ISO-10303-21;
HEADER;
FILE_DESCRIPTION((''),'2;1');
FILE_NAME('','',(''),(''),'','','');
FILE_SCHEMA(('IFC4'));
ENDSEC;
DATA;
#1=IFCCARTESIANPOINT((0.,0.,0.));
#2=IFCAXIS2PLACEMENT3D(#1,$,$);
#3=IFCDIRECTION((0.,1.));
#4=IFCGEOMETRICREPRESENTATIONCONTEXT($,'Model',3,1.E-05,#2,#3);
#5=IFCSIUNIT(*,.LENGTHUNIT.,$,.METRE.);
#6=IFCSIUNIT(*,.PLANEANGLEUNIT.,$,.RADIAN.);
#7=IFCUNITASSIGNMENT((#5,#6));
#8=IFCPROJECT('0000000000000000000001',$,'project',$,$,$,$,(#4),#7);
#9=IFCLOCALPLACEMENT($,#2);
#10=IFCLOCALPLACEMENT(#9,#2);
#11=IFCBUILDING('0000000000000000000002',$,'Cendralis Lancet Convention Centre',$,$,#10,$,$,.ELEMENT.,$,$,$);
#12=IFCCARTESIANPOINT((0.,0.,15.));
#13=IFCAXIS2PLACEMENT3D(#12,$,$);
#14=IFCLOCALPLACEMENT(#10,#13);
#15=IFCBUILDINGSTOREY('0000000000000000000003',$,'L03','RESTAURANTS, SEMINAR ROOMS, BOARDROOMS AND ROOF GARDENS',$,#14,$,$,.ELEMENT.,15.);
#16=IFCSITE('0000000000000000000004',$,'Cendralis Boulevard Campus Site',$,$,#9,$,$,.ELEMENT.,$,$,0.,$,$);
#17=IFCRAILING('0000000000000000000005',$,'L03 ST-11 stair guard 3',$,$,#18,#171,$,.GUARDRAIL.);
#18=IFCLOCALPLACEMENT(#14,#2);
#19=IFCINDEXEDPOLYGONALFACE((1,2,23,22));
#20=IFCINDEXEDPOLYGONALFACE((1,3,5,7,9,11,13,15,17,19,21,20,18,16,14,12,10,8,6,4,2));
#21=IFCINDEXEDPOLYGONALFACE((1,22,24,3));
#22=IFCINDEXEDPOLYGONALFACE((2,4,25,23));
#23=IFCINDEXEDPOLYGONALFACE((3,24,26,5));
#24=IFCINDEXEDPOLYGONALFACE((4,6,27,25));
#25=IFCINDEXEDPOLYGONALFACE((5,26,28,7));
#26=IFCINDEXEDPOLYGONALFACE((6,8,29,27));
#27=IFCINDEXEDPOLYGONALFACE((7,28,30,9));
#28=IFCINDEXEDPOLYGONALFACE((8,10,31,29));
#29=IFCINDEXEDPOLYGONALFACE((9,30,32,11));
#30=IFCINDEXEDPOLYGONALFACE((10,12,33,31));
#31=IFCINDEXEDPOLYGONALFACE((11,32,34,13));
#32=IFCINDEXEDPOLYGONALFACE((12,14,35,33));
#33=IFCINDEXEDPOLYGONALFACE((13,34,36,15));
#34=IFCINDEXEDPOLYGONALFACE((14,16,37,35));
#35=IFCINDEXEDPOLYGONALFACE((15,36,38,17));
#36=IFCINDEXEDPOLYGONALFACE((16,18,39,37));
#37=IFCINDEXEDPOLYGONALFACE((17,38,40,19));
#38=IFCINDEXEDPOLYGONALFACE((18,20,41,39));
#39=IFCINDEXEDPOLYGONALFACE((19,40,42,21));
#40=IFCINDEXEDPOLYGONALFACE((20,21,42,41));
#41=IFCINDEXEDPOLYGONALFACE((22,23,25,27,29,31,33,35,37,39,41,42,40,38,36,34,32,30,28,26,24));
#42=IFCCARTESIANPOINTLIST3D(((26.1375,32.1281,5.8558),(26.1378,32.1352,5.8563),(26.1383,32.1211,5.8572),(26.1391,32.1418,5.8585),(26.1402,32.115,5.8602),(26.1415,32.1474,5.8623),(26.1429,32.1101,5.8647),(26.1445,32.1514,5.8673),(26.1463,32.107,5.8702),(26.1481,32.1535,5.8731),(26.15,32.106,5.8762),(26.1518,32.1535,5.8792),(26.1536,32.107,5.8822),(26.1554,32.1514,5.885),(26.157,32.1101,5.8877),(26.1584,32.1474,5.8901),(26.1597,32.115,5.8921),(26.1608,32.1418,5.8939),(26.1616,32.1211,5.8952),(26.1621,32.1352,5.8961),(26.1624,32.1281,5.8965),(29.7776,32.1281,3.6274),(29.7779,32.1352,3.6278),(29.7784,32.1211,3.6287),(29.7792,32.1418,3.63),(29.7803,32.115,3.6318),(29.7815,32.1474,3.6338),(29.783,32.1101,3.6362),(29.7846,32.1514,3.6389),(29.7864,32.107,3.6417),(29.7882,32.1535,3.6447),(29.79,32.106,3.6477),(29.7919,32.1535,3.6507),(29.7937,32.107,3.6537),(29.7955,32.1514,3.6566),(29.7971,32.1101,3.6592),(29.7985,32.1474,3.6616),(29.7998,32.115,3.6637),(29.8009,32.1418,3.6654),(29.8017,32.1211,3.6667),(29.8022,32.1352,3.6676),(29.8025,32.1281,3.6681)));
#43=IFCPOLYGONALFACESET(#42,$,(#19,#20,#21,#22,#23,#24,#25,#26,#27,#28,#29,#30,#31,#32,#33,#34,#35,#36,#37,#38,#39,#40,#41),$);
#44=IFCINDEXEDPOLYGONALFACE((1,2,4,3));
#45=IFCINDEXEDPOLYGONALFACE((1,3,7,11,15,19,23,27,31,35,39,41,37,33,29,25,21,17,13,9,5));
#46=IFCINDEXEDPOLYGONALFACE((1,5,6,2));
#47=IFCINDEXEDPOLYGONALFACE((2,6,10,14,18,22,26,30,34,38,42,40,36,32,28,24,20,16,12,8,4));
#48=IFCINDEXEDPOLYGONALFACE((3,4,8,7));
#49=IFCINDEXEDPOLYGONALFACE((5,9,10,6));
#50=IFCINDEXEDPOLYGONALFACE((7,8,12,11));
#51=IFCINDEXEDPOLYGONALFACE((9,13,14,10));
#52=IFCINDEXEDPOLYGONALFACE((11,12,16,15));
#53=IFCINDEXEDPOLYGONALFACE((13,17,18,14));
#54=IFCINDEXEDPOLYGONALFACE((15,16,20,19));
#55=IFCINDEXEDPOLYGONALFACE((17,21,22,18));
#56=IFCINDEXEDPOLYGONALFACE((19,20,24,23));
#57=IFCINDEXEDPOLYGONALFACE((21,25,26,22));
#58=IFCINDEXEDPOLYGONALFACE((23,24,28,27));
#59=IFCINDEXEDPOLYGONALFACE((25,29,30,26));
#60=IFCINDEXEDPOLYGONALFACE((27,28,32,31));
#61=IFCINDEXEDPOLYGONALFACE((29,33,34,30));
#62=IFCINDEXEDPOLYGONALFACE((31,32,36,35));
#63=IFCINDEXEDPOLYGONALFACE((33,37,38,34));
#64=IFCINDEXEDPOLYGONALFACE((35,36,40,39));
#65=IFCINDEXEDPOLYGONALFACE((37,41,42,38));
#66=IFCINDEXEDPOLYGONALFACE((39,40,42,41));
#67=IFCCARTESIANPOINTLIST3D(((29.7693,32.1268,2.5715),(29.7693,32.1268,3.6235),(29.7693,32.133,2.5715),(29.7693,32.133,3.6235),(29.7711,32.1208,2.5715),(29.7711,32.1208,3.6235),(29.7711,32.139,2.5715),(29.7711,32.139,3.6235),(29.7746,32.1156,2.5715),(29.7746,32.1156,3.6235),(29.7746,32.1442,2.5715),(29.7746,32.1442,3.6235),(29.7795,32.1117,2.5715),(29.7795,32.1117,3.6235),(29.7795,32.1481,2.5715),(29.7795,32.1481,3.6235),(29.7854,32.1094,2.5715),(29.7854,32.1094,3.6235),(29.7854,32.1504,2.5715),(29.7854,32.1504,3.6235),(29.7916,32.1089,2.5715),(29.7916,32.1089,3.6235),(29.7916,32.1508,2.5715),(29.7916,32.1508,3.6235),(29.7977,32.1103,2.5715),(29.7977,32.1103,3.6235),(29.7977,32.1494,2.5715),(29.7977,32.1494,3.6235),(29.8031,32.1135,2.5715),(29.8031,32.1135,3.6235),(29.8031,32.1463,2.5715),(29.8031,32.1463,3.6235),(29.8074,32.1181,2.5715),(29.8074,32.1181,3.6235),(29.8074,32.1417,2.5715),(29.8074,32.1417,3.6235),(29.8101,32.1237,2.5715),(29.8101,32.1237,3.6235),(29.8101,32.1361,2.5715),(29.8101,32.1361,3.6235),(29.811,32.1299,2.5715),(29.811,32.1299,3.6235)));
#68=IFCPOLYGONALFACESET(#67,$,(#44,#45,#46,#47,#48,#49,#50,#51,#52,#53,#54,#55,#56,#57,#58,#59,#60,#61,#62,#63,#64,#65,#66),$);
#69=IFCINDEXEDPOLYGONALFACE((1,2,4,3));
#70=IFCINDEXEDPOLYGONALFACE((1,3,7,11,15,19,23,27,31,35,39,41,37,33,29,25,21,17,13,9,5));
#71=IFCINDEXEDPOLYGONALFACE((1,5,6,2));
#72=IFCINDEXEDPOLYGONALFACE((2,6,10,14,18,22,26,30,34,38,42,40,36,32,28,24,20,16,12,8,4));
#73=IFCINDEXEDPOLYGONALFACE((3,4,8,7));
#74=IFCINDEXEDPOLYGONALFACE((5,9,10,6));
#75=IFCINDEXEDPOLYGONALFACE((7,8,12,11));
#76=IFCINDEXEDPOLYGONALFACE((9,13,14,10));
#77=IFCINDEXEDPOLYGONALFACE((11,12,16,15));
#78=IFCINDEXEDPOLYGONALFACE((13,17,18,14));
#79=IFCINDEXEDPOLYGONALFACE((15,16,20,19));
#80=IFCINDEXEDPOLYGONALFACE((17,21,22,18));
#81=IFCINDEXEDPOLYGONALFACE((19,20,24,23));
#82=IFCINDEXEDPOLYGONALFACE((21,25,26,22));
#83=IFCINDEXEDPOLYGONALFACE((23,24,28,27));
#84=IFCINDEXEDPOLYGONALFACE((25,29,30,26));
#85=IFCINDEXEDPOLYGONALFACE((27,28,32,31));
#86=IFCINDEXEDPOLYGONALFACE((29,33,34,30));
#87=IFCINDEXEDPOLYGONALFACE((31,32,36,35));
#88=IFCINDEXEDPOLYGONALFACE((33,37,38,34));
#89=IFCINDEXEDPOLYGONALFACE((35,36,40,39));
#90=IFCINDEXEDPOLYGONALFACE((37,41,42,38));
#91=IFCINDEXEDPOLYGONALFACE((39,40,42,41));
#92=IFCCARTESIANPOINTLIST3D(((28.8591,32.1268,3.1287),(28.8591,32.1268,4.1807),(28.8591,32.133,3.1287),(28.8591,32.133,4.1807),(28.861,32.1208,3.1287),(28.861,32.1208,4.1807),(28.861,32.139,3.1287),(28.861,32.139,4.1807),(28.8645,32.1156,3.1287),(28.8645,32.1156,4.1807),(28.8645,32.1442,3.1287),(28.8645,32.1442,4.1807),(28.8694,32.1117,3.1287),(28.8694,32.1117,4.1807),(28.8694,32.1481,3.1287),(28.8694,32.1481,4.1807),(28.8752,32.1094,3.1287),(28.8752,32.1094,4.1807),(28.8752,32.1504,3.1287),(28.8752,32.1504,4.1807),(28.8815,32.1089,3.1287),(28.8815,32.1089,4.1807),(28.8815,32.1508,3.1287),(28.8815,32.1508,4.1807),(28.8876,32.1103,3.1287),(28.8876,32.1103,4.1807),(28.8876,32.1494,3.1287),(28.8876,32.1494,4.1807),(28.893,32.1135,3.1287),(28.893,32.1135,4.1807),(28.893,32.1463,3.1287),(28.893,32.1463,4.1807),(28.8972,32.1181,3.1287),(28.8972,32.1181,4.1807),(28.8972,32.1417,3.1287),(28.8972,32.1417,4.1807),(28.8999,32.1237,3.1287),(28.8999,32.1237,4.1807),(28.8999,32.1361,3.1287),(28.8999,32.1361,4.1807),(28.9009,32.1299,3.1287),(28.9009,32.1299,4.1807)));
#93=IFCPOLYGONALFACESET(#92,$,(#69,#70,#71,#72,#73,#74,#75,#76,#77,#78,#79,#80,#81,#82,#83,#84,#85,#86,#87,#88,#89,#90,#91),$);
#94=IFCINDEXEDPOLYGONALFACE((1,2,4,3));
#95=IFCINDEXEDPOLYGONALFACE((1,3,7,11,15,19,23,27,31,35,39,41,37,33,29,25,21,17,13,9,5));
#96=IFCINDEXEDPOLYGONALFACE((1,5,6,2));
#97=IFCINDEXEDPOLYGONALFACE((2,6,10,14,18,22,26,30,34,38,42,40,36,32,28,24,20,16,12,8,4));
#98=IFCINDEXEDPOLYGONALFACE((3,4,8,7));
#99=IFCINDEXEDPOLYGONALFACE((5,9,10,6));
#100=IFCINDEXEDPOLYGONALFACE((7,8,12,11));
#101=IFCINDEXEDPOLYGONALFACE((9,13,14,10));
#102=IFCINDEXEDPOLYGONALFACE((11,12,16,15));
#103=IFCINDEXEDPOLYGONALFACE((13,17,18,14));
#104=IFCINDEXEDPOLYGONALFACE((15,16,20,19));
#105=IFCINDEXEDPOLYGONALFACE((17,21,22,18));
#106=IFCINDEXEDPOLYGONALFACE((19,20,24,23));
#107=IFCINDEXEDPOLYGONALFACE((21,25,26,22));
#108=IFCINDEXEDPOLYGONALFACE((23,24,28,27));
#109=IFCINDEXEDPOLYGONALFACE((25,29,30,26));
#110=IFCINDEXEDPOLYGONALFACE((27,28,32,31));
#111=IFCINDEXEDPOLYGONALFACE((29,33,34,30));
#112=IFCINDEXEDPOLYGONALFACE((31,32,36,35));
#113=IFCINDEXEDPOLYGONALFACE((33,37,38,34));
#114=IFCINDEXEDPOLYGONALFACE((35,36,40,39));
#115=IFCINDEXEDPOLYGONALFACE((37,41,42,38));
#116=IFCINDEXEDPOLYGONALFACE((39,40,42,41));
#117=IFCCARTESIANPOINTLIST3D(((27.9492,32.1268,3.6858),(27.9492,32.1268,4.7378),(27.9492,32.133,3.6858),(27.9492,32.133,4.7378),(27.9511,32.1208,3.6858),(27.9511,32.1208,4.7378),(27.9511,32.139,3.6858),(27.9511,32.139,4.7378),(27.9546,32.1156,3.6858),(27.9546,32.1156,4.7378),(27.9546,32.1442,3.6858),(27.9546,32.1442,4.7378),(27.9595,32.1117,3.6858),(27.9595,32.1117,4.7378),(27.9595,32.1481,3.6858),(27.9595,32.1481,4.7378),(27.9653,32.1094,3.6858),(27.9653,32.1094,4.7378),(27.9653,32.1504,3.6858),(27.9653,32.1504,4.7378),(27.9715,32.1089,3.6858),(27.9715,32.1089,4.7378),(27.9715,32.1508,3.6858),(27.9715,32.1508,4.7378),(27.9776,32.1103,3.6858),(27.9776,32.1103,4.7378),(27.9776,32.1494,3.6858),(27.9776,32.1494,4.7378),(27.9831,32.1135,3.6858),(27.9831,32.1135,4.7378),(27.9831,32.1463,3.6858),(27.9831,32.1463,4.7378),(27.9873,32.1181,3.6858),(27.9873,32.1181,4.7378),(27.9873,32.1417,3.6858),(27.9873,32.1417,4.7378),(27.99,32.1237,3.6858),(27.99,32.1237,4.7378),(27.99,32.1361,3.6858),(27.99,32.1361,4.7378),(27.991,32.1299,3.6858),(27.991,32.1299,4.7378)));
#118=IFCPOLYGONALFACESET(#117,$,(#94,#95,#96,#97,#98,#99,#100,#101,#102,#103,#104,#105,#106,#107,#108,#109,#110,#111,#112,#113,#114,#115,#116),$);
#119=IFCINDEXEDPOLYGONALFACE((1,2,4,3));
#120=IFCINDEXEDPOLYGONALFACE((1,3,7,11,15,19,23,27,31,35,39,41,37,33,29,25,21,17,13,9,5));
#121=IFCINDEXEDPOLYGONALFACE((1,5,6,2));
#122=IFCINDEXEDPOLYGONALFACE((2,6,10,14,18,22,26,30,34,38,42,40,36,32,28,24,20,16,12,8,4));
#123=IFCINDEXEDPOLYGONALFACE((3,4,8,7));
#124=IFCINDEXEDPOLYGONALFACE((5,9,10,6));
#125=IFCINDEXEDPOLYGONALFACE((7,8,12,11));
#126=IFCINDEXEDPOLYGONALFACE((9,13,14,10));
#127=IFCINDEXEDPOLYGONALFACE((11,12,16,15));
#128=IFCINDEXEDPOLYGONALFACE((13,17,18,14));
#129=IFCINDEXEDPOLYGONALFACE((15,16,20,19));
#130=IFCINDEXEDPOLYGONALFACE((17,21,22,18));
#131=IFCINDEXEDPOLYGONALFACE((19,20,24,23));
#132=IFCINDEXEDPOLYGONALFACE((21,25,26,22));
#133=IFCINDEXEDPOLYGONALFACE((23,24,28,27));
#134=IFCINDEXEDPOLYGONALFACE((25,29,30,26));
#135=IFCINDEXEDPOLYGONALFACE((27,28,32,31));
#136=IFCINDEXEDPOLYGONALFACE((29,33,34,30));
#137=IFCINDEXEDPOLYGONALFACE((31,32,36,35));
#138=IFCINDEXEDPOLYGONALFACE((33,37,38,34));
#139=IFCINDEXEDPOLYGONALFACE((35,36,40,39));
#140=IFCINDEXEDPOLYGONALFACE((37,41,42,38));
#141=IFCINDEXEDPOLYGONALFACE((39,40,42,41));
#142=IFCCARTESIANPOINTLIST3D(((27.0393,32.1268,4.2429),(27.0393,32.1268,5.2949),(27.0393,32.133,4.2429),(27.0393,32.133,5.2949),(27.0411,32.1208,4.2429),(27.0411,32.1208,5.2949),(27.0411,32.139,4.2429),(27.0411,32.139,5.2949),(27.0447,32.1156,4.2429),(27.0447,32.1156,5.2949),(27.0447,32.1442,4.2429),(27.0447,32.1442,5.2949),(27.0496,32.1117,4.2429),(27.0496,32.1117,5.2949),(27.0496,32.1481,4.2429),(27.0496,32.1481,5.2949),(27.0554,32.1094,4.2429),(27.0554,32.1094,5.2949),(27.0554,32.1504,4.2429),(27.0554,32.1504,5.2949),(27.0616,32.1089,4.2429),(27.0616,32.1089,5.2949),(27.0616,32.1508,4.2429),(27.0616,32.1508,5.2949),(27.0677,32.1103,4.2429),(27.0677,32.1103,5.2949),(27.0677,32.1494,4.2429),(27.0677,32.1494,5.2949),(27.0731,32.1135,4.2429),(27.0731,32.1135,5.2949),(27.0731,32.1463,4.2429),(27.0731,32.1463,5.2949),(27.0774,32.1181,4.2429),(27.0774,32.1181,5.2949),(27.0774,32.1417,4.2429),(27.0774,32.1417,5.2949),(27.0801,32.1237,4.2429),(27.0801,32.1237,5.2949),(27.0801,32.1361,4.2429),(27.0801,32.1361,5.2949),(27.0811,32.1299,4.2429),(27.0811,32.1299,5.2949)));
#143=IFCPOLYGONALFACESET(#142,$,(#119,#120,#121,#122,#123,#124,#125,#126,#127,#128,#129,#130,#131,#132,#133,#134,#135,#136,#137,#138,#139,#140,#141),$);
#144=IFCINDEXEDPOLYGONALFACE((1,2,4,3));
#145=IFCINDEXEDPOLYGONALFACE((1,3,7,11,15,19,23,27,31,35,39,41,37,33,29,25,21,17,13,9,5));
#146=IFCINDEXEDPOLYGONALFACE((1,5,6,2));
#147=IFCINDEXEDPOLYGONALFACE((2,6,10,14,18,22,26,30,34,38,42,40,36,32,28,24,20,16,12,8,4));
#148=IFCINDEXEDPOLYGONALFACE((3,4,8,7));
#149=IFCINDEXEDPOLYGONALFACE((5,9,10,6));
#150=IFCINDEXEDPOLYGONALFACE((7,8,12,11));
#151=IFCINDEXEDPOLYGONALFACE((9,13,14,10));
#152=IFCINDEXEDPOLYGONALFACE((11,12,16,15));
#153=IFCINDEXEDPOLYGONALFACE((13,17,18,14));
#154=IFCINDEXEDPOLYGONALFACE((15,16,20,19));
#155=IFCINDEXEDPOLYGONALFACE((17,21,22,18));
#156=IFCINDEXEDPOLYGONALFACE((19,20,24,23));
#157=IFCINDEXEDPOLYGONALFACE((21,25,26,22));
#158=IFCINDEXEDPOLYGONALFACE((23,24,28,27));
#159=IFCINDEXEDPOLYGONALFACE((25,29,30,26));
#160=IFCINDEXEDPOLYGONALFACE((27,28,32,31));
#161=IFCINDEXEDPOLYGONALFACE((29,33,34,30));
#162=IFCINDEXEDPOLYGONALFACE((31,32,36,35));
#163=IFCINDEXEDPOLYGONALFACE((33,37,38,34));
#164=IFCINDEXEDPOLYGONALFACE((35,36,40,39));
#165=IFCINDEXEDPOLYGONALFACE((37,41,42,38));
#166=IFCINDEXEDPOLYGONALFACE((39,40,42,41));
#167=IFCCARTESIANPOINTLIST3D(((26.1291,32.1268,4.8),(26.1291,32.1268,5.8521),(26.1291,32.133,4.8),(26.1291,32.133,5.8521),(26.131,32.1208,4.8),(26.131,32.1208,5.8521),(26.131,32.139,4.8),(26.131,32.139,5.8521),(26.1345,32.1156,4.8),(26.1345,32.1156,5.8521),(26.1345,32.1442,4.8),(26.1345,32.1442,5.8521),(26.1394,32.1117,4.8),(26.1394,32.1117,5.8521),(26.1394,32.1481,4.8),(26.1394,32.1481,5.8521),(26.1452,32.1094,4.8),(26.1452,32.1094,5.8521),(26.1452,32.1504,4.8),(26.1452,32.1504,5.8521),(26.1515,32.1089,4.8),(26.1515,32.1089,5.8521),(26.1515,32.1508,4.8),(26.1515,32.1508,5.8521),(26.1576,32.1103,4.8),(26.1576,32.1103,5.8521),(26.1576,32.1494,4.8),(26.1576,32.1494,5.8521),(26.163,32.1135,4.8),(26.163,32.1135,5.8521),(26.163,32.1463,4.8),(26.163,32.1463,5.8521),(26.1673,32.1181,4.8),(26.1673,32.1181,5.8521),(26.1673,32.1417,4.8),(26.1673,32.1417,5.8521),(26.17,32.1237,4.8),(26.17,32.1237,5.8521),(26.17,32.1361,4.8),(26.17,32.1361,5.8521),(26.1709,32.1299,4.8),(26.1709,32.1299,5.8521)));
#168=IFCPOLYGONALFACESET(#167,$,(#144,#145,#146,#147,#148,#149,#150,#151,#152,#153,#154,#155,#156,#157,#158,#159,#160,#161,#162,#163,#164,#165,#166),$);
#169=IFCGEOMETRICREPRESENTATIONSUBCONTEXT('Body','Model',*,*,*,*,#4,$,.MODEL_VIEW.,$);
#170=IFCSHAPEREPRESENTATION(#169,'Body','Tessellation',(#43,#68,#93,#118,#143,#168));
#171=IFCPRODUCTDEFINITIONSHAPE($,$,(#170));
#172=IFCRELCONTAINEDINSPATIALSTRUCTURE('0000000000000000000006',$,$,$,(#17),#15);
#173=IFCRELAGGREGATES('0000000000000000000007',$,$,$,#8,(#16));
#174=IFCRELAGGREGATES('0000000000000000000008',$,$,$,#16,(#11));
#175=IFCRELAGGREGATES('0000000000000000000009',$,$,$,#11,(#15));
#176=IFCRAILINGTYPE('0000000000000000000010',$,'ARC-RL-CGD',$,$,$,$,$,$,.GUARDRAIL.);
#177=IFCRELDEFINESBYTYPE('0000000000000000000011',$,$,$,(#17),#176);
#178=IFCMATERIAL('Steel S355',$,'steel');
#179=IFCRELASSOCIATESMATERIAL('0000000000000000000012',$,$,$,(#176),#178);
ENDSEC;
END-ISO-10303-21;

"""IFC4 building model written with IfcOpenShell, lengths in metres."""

from ifc_helpers import new_model, si_unit, direction, frame, origin, origin_2d, place, context, subcontext, project, spatial, circle, extrude, material, type_object, element, save


model = new_model("IFC4")

# Units and contexts
model_context = context("Model", 3, precision=1e-05, world=origin(), true_north=direction((0.0, 1.0)))
body_context = subcontext(model_context, "Body", "Model", "MODEL_VIEW")
ifc_project = project(units=[si_unit("LENGTHUNIT", "METRE"), si_unit("PLANEANGLEUNIT", "RADIAN")], contexts=[model_context])

# Site, building, storey
site_placement = place(None, origin())
site = spatial("IfcSite", under=ifc_project, at=site_placement, Name="Cendralis Boulevard Campus Site", CompositionType="ELEMENT", RefElevation=0.0)
building_placement = place(site_placement, origin())
building = spatial("IfcBuilding", under=site, at=building_placement, Name="Cendralis Lancet Convention Centre", CompositionType="ELEMENT")
storey_placement = place(building_placement, frame((0.0, 0.0, 15.0)))
storey = spatial("IfcBuildingStorey", under=building, at=storey_placement, Name="L03", Description="RESTAURANTS, SEMINAR ROOMS, BOARDROOMS AND ROOF GARDENS", CompositionType="ELEMENT", Elevation=15.0)

# Railing
ifc_material_1 = material(Name="Steel S355", Category="steel")
railing_type_1 = type_object("IfcRailingType", Name="ARC-RL-CGD", PredefinedType="GUARDRAIL", material=ifc_material_1)
railing_1_placement = place(storey_placement, frame((29.79, 32.1299, 2.5715)))
element("IfcRailing", 1, at=railing_1_placement, inside=storey, type_object=railing_type_1, Name="L03 ST-11 stair guard 3", PredefinedType="GUARDRAIL", context=body_context, shape_type="SweptSolid", body=[
    extrude(circle(Radius=0.0239, at=origin_2d()), frame((0.0, 0.0, 1.0762), z_axis=(-0.852866, 0.0, 0.52213), x_axis=(0.0, -1.0, 0.0)), (0.0, 0.0, 1.0), 4.2681),
    extrude(circle(Radius=0.021, at=origin_2d()), origin(), (0.0, 0.0, 1.0), 1.052),
    extrude(circle(Radius=0.021, at=origin_2d()), frame((-0.9102, 0.0, 0.5571)), (0.0, 0.0, 1.0), 1.052),
    extrude(circle(Radius=0.021, at=origin_2d()), frame((-1.8201, 0.0, 1.1143)), (0.0, 0.0, 1.0), 1.052),
    extrude(circle(Radius=0.021, at=origin_2d()), frame((-2.73, 0.0, 1.6714)), (0.0, 0.0, 1.0), 1.052),
    extrude(circle(Radius=0.021, at=origin_2d()), frame((-3.6401, 0.0, 2.2285)), (0.0, 0.0, 1.0), 1.052),
])

save(model, "model.ifc")
